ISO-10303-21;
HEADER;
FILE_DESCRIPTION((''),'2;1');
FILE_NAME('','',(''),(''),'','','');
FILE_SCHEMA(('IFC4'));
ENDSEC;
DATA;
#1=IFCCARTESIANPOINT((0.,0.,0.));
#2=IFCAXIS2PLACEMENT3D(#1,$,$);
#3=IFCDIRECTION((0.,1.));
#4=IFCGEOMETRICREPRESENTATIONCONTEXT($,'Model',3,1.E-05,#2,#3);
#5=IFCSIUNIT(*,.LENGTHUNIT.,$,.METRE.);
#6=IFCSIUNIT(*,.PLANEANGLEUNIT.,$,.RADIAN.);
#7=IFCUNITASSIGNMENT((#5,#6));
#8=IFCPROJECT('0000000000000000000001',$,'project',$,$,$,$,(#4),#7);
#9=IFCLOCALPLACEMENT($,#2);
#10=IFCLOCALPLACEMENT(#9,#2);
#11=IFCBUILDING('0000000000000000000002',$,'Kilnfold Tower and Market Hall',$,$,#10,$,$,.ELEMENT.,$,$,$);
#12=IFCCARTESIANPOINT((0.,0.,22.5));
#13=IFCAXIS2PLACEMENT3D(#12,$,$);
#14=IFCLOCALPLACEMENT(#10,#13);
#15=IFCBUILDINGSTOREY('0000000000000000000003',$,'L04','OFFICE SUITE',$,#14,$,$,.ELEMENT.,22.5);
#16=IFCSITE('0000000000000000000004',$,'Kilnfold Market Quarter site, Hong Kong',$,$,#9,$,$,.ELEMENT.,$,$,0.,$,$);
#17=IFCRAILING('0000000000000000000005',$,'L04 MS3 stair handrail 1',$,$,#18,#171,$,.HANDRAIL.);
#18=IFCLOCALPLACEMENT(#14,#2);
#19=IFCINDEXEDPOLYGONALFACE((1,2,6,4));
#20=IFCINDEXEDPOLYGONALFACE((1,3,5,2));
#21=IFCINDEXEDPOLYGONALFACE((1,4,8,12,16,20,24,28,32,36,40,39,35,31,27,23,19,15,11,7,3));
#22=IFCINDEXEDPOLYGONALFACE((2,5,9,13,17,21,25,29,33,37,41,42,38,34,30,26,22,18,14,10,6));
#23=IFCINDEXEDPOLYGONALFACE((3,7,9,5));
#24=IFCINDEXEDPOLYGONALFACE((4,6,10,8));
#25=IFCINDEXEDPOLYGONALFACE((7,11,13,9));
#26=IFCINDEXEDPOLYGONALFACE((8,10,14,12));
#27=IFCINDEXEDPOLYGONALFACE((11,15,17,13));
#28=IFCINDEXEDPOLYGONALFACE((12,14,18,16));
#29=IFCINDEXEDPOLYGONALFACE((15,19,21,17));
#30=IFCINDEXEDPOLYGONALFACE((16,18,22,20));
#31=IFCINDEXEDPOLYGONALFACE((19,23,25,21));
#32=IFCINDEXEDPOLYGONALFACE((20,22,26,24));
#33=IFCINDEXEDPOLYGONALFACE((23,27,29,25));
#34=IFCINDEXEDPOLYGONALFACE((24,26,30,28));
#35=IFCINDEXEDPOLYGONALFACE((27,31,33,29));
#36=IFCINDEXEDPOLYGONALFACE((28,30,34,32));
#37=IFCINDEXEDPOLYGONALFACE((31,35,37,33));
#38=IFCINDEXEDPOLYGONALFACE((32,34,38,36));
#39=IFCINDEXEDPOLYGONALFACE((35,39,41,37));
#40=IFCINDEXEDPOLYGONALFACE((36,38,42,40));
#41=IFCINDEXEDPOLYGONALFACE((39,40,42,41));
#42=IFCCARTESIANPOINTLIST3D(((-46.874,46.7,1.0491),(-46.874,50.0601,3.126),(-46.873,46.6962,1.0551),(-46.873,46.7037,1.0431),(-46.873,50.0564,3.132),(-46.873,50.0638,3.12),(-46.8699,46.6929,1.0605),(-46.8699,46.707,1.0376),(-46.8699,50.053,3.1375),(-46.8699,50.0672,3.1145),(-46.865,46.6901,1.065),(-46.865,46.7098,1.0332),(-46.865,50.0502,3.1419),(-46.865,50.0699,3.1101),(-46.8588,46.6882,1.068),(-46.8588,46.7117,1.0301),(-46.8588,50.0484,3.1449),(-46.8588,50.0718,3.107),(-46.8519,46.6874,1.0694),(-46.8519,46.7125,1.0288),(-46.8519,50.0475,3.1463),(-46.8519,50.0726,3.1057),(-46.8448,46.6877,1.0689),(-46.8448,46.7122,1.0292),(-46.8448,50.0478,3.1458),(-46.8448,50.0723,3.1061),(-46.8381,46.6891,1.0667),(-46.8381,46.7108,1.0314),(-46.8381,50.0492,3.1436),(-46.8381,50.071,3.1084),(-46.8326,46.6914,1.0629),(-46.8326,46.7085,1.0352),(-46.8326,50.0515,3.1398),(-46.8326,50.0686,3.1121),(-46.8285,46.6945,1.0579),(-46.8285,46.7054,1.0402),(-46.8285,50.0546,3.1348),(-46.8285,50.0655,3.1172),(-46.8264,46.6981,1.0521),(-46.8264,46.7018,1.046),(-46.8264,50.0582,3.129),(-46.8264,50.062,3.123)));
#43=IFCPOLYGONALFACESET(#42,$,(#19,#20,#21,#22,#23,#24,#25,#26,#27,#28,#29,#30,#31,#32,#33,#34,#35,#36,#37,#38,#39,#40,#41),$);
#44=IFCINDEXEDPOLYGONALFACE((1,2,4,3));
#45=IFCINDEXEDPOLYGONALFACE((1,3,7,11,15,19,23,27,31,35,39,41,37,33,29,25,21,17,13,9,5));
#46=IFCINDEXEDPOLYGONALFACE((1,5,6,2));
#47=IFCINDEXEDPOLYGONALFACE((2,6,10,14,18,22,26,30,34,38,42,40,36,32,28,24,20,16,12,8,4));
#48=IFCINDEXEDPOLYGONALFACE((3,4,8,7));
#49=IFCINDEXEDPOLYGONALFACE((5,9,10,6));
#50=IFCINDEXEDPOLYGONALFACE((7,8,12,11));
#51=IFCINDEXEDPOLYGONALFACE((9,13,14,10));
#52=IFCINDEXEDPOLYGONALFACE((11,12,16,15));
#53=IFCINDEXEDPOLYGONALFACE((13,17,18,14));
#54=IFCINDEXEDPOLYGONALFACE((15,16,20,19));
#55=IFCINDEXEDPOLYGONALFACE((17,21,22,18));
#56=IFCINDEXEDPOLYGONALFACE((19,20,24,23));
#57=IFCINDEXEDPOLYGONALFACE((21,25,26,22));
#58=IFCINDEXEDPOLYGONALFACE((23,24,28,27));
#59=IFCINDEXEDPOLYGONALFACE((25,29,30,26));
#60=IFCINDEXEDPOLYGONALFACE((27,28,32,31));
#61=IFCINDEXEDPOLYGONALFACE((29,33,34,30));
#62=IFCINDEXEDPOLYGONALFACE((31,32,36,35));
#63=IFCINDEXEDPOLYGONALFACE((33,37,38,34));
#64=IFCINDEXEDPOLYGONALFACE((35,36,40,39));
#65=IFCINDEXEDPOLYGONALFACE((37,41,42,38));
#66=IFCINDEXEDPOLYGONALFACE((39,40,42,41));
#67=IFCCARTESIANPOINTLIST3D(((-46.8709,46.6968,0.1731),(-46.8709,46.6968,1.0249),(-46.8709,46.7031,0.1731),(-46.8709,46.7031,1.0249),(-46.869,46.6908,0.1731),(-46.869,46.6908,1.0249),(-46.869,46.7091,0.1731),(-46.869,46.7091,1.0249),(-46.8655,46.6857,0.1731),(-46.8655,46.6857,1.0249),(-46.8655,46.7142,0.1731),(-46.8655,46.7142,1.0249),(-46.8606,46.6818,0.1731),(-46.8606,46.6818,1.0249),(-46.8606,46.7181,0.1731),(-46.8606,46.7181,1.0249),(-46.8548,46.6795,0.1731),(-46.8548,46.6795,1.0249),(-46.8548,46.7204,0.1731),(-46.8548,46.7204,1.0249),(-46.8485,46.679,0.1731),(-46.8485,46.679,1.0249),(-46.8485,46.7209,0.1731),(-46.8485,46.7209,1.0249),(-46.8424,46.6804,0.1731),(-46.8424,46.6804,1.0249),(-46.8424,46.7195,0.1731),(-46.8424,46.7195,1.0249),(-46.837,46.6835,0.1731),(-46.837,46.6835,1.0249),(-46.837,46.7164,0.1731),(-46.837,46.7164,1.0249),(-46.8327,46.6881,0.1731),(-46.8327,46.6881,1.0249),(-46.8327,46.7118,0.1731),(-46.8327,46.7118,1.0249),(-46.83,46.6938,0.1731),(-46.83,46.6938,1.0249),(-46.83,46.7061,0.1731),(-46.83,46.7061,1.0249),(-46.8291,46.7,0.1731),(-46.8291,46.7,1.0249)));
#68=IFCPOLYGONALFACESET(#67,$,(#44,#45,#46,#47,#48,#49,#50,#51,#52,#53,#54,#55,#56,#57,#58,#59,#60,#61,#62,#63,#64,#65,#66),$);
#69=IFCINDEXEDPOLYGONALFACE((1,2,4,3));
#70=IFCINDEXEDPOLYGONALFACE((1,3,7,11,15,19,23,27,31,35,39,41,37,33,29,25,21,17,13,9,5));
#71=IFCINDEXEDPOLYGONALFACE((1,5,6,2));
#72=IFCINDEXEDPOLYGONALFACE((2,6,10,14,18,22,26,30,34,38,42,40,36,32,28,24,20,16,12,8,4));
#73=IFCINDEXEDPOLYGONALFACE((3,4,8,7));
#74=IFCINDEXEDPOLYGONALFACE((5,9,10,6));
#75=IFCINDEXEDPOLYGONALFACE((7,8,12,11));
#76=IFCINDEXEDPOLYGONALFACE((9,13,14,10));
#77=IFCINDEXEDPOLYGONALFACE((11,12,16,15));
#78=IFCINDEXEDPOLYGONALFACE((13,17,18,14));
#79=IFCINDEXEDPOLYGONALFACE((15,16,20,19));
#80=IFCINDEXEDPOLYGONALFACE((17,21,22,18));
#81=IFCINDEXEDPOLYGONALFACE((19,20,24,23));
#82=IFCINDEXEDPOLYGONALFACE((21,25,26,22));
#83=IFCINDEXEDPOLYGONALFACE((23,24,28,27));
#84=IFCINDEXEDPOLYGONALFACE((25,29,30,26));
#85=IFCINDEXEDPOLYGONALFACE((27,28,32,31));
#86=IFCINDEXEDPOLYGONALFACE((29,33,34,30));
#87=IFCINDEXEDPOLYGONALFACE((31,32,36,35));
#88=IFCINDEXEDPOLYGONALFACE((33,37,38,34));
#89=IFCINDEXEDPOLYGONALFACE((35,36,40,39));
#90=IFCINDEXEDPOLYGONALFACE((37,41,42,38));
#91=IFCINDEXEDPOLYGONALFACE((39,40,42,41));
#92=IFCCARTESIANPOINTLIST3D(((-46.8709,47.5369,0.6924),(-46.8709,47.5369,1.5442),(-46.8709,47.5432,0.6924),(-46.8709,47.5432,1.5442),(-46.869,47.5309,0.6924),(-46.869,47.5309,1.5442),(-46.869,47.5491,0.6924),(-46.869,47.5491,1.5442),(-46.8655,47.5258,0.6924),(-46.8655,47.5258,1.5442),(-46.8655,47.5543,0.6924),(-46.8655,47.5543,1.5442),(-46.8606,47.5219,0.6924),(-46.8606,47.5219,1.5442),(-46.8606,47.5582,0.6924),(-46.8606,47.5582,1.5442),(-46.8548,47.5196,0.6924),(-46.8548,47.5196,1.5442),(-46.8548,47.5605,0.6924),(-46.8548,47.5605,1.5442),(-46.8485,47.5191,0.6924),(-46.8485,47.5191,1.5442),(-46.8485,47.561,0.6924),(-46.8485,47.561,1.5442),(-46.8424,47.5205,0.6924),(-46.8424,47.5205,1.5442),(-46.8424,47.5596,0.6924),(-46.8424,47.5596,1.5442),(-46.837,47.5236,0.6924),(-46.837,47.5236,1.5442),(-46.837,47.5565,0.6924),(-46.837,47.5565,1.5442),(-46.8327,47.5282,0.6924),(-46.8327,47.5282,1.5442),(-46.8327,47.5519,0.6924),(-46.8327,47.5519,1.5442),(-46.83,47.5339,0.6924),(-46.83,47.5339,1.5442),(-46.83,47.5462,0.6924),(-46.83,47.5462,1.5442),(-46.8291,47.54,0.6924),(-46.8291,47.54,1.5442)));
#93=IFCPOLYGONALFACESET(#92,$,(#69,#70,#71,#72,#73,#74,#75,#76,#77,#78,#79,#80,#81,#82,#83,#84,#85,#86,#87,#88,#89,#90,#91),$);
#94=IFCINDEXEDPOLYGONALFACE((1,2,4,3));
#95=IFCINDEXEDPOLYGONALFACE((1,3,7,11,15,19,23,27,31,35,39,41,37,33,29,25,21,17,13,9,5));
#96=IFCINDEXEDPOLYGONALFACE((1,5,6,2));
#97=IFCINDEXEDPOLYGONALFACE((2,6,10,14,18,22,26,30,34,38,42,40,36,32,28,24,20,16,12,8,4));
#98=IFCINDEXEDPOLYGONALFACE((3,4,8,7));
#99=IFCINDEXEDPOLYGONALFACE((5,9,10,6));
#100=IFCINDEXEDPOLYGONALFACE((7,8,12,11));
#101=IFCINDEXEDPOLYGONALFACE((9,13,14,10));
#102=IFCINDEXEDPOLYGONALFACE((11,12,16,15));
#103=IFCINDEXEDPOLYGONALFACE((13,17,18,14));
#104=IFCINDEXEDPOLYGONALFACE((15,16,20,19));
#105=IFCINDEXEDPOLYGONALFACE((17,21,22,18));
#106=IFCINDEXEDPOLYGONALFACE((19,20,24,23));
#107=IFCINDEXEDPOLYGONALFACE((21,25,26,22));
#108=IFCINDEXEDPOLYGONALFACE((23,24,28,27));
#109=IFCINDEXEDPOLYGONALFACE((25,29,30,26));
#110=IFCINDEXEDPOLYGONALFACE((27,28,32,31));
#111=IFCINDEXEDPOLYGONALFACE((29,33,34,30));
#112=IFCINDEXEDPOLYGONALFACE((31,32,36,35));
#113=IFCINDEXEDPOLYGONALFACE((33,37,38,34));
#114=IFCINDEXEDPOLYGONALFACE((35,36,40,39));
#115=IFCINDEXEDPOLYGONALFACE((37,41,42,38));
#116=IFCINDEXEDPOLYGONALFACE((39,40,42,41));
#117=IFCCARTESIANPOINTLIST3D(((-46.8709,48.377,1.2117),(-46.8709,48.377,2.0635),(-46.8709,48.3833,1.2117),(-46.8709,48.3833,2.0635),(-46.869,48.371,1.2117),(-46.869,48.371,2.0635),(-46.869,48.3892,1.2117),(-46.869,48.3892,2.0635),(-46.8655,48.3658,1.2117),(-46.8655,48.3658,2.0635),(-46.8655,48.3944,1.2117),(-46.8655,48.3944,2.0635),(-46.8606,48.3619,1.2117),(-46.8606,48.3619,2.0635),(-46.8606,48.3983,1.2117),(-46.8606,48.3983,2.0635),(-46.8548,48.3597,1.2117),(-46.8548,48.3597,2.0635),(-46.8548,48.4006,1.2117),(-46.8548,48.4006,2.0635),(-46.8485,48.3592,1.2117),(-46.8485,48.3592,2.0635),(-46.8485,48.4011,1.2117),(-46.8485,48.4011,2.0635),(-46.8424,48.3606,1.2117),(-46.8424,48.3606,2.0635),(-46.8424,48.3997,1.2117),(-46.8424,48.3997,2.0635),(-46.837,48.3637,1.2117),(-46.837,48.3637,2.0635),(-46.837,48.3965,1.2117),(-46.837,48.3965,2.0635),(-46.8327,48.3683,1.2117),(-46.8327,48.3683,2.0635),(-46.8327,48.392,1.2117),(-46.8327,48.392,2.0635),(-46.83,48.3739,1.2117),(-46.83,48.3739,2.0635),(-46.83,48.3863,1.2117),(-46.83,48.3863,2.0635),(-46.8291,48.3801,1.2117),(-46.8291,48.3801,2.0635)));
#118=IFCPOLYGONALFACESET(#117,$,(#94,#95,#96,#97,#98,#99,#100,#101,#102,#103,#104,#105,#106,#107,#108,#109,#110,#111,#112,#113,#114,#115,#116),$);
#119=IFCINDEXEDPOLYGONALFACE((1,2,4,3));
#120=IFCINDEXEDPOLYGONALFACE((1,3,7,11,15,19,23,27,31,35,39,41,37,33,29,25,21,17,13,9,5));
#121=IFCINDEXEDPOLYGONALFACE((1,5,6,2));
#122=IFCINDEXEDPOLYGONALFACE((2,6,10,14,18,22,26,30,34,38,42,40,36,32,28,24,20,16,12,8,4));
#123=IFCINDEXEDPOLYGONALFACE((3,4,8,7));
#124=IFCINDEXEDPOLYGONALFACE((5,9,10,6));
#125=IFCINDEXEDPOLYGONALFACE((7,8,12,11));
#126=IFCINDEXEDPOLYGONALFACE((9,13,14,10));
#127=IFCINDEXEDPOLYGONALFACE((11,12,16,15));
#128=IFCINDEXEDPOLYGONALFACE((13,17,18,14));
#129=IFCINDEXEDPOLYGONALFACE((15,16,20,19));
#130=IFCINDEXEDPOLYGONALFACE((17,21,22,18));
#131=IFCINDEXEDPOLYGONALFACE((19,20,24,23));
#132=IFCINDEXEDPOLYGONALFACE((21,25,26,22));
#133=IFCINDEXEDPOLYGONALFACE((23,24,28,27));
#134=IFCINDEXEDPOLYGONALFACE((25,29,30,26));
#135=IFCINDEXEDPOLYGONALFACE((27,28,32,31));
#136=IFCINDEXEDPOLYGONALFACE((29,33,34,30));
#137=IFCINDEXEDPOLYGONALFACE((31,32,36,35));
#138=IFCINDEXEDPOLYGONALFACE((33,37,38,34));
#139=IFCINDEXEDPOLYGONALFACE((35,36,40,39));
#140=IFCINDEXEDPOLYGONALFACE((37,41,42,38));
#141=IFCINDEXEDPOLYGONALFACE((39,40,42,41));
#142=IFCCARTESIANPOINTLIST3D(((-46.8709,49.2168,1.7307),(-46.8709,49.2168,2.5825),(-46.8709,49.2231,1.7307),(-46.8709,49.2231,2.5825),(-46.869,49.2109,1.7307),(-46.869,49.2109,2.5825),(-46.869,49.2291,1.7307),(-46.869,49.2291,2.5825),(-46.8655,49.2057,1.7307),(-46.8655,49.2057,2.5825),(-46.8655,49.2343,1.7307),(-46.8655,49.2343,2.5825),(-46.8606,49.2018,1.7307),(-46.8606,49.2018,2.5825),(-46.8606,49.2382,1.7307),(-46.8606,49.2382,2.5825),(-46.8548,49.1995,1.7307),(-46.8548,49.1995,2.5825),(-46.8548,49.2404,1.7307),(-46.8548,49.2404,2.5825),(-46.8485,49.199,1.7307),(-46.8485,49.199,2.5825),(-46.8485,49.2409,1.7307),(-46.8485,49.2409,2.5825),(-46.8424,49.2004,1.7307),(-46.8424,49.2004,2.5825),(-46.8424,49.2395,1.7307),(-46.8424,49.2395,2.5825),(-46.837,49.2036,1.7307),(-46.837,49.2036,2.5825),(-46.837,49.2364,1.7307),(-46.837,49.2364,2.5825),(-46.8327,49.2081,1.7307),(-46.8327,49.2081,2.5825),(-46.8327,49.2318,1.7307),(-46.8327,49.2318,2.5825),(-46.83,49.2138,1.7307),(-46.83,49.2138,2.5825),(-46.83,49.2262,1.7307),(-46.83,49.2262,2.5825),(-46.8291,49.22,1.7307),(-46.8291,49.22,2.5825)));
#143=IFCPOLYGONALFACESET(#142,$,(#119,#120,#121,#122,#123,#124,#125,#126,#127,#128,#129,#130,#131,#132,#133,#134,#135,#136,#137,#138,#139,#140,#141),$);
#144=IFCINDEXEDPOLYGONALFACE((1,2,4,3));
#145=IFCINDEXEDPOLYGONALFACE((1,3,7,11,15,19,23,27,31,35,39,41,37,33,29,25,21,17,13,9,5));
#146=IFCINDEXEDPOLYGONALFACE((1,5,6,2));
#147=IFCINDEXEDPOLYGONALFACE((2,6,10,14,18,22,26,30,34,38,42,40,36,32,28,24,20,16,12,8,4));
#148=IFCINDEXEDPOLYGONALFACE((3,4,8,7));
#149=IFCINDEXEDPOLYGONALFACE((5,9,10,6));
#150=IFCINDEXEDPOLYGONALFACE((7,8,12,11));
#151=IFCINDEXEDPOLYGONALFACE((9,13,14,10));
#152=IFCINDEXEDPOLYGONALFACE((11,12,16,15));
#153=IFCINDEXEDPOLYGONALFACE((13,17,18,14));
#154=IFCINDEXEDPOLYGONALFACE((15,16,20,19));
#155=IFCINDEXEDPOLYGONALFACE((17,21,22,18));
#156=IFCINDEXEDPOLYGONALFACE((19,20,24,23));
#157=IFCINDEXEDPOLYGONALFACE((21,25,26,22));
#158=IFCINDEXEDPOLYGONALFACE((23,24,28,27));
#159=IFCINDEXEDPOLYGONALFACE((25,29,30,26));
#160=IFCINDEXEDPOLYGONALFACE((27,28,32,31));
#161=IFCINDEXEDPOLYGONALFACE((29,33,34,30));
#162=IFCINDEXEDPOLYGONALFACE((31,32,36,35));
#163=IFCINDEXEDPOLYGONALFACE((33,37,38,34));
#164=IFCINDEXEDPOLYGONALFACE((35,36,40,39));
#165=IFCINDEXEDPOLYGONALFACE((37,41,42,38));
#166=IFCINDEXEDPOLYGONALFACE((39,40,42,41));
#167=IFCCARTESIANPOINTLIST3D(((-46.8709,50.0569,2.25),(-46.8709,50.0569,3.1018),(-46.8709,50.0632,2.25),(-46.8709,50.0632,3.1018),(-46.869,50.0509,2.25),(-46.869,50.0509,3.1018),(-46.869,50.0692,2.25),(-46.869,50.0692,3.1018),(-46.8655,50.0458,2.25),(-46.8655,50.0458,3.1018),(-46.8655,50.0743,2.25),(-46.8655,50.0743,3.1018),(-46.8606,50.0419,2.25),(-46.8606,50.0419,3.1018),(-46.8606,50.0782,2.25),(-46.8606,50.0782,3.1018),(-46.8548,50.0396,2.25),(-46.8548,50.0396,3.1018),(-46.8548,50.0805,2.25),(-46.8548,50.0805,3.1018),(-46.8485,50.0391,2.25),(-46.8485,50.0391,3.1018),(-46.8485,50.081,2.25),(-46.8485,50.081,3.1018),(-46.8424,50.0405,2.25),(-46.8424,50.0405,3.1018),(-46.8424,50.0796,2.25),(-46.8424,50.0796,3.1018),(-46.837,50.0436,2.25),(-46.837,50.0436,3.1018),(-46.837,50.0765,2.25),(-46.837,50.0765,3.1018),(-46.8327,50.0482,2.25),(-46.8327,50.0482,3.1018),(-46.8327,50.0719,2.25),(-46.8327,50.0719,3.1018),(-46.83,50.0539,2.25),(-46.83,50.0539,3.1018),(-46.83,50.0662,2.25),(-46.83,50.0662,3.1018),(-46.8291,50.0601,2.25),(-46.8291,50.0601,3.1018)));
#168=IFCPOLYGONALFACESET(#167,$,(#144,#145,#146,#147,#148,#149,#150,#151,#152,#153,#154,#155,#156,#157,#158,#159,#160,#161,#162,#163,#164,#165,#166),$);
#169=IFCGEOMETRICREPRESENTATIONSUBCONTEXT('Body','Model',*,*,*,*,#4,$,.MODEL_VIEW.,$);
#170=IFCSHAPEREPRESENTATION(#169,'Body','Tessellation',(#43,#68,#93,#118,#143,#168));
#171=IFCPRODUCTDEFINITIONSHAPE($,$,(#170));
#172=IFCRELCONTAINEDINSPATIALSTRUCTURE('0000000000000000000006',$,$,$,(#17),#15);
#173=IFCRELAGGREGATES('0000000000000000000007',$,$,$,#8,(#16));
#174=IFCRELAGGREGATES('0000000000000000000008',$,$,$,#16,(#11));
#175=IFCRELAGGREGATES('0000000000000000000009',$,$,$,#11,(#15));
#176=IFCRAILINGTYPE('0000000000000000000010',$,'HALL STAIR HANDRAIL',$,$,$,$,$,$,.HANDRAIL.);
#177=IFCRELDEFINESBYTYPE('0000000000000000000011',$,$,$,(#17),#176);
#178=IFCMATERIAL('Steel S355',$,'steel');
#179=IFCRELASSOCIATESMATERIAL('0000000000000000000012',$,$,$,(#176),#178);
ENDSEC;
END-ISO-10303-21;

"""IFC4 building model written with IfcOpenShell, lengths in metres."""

from ifc_helpers import new_model, si_unit, direction, frame, origin, origin_2d, place, context, subcontext, project, spatial, circle, extrude, material, type_object, element, save


model = new_model("IFC4")

# Units and contexts
model_context = context("Model", 3, precision=1e-05, world=origin(), true_north=direction((0.0, 1.0)))
body_context = subcontext(model_context, "Body", "Model", "MODEL_VIEW")
ifc_project = project(units=[si_unit("LENGTHUNIT", "METRE"), si_unit("PLANEANGLEUNIT", "RADIAN")], contexts=[model_context])

# Site, building, storey
site_placement = place(None, origin())
site = spatial("IfcSite", under=ifc_project, at=site_placement, Name="Kilnfold Market Quarter site, Hong Kong", CompositionType="ELEMENT", RefElevation=0.0)
building_placement = place(site_placement, origin())
building = spatial("IfcBuilding", under=site, at=building_placement, Name="Kilnfold Tower and Market Hall", CompositionType="ELEMENT")
storey_placement = place(building_placement, frame((0.0, 0.0, 22.5)))
storey = spatial("IfcBuildingStorey", under=building, at=storey_placement, Name="L04", Description="OFFICE SUITE", CompositionType="ELEMENT", Elevation=22.5)

# Railing
ifc_material_1 = material(Name="Steel S355", Category="steel")
railing_type_1 = type_object("IfcRailingType", Name="HALL STAIR HANDRAIL", PredefinedType="HANDRAIL", material=ifc_material_1)
railing_1_placement = place(storey_placement, frame((-46.8501, 46.7, 0.1731)))
element("IfcRailing", 1, at=railing_1_placement, inside=storey, type_object=railing_type_1, Name="L04 MS3 stair handrail 1", PredefinedType="HANDRAIL", context=body_context, shape_type="SweptSolid", body=[
    extrude(circle(Radius=0.0239, at=origin_2d()), frame((0.0, 0.0, 0.876), z_axis=(0.0, 0.850623, 0.525776), x_axis=(-1.0, 0.0, 0.0)), (0.0, 0.0, 1.0), 3.9502),
    extrude(circle(Radius=0.021, at=origin_2d()), origin(), (0.0, 0.0, 1.0), 0.8518),
    extrude(circle(Radius=0.021, at=origin_2d()), frame((0.0, 0.8401, 0.5193)), (0.0, 0.0, 1.0), 0.8518),
    extrude(circle(Radius=0.021, at=origin_2d()), frame((0.0, 1.6802, 1.0386)), (0.0, 0.0, 1.0), 0.8518),
    extrude(circle(Radius=0.021, at=origin_2d()), frame((0.0, 2.52, 1.5576)), (0.0, 0.0, 1.0), 0.8518),
    extrude(circle(Radius=0.021, at=origin_2d()), frame((0.0, 3.3601, 2.0769)), (0.0, 0.0, 1.0), 0.8518),
])

save(model, "model.ifc")
